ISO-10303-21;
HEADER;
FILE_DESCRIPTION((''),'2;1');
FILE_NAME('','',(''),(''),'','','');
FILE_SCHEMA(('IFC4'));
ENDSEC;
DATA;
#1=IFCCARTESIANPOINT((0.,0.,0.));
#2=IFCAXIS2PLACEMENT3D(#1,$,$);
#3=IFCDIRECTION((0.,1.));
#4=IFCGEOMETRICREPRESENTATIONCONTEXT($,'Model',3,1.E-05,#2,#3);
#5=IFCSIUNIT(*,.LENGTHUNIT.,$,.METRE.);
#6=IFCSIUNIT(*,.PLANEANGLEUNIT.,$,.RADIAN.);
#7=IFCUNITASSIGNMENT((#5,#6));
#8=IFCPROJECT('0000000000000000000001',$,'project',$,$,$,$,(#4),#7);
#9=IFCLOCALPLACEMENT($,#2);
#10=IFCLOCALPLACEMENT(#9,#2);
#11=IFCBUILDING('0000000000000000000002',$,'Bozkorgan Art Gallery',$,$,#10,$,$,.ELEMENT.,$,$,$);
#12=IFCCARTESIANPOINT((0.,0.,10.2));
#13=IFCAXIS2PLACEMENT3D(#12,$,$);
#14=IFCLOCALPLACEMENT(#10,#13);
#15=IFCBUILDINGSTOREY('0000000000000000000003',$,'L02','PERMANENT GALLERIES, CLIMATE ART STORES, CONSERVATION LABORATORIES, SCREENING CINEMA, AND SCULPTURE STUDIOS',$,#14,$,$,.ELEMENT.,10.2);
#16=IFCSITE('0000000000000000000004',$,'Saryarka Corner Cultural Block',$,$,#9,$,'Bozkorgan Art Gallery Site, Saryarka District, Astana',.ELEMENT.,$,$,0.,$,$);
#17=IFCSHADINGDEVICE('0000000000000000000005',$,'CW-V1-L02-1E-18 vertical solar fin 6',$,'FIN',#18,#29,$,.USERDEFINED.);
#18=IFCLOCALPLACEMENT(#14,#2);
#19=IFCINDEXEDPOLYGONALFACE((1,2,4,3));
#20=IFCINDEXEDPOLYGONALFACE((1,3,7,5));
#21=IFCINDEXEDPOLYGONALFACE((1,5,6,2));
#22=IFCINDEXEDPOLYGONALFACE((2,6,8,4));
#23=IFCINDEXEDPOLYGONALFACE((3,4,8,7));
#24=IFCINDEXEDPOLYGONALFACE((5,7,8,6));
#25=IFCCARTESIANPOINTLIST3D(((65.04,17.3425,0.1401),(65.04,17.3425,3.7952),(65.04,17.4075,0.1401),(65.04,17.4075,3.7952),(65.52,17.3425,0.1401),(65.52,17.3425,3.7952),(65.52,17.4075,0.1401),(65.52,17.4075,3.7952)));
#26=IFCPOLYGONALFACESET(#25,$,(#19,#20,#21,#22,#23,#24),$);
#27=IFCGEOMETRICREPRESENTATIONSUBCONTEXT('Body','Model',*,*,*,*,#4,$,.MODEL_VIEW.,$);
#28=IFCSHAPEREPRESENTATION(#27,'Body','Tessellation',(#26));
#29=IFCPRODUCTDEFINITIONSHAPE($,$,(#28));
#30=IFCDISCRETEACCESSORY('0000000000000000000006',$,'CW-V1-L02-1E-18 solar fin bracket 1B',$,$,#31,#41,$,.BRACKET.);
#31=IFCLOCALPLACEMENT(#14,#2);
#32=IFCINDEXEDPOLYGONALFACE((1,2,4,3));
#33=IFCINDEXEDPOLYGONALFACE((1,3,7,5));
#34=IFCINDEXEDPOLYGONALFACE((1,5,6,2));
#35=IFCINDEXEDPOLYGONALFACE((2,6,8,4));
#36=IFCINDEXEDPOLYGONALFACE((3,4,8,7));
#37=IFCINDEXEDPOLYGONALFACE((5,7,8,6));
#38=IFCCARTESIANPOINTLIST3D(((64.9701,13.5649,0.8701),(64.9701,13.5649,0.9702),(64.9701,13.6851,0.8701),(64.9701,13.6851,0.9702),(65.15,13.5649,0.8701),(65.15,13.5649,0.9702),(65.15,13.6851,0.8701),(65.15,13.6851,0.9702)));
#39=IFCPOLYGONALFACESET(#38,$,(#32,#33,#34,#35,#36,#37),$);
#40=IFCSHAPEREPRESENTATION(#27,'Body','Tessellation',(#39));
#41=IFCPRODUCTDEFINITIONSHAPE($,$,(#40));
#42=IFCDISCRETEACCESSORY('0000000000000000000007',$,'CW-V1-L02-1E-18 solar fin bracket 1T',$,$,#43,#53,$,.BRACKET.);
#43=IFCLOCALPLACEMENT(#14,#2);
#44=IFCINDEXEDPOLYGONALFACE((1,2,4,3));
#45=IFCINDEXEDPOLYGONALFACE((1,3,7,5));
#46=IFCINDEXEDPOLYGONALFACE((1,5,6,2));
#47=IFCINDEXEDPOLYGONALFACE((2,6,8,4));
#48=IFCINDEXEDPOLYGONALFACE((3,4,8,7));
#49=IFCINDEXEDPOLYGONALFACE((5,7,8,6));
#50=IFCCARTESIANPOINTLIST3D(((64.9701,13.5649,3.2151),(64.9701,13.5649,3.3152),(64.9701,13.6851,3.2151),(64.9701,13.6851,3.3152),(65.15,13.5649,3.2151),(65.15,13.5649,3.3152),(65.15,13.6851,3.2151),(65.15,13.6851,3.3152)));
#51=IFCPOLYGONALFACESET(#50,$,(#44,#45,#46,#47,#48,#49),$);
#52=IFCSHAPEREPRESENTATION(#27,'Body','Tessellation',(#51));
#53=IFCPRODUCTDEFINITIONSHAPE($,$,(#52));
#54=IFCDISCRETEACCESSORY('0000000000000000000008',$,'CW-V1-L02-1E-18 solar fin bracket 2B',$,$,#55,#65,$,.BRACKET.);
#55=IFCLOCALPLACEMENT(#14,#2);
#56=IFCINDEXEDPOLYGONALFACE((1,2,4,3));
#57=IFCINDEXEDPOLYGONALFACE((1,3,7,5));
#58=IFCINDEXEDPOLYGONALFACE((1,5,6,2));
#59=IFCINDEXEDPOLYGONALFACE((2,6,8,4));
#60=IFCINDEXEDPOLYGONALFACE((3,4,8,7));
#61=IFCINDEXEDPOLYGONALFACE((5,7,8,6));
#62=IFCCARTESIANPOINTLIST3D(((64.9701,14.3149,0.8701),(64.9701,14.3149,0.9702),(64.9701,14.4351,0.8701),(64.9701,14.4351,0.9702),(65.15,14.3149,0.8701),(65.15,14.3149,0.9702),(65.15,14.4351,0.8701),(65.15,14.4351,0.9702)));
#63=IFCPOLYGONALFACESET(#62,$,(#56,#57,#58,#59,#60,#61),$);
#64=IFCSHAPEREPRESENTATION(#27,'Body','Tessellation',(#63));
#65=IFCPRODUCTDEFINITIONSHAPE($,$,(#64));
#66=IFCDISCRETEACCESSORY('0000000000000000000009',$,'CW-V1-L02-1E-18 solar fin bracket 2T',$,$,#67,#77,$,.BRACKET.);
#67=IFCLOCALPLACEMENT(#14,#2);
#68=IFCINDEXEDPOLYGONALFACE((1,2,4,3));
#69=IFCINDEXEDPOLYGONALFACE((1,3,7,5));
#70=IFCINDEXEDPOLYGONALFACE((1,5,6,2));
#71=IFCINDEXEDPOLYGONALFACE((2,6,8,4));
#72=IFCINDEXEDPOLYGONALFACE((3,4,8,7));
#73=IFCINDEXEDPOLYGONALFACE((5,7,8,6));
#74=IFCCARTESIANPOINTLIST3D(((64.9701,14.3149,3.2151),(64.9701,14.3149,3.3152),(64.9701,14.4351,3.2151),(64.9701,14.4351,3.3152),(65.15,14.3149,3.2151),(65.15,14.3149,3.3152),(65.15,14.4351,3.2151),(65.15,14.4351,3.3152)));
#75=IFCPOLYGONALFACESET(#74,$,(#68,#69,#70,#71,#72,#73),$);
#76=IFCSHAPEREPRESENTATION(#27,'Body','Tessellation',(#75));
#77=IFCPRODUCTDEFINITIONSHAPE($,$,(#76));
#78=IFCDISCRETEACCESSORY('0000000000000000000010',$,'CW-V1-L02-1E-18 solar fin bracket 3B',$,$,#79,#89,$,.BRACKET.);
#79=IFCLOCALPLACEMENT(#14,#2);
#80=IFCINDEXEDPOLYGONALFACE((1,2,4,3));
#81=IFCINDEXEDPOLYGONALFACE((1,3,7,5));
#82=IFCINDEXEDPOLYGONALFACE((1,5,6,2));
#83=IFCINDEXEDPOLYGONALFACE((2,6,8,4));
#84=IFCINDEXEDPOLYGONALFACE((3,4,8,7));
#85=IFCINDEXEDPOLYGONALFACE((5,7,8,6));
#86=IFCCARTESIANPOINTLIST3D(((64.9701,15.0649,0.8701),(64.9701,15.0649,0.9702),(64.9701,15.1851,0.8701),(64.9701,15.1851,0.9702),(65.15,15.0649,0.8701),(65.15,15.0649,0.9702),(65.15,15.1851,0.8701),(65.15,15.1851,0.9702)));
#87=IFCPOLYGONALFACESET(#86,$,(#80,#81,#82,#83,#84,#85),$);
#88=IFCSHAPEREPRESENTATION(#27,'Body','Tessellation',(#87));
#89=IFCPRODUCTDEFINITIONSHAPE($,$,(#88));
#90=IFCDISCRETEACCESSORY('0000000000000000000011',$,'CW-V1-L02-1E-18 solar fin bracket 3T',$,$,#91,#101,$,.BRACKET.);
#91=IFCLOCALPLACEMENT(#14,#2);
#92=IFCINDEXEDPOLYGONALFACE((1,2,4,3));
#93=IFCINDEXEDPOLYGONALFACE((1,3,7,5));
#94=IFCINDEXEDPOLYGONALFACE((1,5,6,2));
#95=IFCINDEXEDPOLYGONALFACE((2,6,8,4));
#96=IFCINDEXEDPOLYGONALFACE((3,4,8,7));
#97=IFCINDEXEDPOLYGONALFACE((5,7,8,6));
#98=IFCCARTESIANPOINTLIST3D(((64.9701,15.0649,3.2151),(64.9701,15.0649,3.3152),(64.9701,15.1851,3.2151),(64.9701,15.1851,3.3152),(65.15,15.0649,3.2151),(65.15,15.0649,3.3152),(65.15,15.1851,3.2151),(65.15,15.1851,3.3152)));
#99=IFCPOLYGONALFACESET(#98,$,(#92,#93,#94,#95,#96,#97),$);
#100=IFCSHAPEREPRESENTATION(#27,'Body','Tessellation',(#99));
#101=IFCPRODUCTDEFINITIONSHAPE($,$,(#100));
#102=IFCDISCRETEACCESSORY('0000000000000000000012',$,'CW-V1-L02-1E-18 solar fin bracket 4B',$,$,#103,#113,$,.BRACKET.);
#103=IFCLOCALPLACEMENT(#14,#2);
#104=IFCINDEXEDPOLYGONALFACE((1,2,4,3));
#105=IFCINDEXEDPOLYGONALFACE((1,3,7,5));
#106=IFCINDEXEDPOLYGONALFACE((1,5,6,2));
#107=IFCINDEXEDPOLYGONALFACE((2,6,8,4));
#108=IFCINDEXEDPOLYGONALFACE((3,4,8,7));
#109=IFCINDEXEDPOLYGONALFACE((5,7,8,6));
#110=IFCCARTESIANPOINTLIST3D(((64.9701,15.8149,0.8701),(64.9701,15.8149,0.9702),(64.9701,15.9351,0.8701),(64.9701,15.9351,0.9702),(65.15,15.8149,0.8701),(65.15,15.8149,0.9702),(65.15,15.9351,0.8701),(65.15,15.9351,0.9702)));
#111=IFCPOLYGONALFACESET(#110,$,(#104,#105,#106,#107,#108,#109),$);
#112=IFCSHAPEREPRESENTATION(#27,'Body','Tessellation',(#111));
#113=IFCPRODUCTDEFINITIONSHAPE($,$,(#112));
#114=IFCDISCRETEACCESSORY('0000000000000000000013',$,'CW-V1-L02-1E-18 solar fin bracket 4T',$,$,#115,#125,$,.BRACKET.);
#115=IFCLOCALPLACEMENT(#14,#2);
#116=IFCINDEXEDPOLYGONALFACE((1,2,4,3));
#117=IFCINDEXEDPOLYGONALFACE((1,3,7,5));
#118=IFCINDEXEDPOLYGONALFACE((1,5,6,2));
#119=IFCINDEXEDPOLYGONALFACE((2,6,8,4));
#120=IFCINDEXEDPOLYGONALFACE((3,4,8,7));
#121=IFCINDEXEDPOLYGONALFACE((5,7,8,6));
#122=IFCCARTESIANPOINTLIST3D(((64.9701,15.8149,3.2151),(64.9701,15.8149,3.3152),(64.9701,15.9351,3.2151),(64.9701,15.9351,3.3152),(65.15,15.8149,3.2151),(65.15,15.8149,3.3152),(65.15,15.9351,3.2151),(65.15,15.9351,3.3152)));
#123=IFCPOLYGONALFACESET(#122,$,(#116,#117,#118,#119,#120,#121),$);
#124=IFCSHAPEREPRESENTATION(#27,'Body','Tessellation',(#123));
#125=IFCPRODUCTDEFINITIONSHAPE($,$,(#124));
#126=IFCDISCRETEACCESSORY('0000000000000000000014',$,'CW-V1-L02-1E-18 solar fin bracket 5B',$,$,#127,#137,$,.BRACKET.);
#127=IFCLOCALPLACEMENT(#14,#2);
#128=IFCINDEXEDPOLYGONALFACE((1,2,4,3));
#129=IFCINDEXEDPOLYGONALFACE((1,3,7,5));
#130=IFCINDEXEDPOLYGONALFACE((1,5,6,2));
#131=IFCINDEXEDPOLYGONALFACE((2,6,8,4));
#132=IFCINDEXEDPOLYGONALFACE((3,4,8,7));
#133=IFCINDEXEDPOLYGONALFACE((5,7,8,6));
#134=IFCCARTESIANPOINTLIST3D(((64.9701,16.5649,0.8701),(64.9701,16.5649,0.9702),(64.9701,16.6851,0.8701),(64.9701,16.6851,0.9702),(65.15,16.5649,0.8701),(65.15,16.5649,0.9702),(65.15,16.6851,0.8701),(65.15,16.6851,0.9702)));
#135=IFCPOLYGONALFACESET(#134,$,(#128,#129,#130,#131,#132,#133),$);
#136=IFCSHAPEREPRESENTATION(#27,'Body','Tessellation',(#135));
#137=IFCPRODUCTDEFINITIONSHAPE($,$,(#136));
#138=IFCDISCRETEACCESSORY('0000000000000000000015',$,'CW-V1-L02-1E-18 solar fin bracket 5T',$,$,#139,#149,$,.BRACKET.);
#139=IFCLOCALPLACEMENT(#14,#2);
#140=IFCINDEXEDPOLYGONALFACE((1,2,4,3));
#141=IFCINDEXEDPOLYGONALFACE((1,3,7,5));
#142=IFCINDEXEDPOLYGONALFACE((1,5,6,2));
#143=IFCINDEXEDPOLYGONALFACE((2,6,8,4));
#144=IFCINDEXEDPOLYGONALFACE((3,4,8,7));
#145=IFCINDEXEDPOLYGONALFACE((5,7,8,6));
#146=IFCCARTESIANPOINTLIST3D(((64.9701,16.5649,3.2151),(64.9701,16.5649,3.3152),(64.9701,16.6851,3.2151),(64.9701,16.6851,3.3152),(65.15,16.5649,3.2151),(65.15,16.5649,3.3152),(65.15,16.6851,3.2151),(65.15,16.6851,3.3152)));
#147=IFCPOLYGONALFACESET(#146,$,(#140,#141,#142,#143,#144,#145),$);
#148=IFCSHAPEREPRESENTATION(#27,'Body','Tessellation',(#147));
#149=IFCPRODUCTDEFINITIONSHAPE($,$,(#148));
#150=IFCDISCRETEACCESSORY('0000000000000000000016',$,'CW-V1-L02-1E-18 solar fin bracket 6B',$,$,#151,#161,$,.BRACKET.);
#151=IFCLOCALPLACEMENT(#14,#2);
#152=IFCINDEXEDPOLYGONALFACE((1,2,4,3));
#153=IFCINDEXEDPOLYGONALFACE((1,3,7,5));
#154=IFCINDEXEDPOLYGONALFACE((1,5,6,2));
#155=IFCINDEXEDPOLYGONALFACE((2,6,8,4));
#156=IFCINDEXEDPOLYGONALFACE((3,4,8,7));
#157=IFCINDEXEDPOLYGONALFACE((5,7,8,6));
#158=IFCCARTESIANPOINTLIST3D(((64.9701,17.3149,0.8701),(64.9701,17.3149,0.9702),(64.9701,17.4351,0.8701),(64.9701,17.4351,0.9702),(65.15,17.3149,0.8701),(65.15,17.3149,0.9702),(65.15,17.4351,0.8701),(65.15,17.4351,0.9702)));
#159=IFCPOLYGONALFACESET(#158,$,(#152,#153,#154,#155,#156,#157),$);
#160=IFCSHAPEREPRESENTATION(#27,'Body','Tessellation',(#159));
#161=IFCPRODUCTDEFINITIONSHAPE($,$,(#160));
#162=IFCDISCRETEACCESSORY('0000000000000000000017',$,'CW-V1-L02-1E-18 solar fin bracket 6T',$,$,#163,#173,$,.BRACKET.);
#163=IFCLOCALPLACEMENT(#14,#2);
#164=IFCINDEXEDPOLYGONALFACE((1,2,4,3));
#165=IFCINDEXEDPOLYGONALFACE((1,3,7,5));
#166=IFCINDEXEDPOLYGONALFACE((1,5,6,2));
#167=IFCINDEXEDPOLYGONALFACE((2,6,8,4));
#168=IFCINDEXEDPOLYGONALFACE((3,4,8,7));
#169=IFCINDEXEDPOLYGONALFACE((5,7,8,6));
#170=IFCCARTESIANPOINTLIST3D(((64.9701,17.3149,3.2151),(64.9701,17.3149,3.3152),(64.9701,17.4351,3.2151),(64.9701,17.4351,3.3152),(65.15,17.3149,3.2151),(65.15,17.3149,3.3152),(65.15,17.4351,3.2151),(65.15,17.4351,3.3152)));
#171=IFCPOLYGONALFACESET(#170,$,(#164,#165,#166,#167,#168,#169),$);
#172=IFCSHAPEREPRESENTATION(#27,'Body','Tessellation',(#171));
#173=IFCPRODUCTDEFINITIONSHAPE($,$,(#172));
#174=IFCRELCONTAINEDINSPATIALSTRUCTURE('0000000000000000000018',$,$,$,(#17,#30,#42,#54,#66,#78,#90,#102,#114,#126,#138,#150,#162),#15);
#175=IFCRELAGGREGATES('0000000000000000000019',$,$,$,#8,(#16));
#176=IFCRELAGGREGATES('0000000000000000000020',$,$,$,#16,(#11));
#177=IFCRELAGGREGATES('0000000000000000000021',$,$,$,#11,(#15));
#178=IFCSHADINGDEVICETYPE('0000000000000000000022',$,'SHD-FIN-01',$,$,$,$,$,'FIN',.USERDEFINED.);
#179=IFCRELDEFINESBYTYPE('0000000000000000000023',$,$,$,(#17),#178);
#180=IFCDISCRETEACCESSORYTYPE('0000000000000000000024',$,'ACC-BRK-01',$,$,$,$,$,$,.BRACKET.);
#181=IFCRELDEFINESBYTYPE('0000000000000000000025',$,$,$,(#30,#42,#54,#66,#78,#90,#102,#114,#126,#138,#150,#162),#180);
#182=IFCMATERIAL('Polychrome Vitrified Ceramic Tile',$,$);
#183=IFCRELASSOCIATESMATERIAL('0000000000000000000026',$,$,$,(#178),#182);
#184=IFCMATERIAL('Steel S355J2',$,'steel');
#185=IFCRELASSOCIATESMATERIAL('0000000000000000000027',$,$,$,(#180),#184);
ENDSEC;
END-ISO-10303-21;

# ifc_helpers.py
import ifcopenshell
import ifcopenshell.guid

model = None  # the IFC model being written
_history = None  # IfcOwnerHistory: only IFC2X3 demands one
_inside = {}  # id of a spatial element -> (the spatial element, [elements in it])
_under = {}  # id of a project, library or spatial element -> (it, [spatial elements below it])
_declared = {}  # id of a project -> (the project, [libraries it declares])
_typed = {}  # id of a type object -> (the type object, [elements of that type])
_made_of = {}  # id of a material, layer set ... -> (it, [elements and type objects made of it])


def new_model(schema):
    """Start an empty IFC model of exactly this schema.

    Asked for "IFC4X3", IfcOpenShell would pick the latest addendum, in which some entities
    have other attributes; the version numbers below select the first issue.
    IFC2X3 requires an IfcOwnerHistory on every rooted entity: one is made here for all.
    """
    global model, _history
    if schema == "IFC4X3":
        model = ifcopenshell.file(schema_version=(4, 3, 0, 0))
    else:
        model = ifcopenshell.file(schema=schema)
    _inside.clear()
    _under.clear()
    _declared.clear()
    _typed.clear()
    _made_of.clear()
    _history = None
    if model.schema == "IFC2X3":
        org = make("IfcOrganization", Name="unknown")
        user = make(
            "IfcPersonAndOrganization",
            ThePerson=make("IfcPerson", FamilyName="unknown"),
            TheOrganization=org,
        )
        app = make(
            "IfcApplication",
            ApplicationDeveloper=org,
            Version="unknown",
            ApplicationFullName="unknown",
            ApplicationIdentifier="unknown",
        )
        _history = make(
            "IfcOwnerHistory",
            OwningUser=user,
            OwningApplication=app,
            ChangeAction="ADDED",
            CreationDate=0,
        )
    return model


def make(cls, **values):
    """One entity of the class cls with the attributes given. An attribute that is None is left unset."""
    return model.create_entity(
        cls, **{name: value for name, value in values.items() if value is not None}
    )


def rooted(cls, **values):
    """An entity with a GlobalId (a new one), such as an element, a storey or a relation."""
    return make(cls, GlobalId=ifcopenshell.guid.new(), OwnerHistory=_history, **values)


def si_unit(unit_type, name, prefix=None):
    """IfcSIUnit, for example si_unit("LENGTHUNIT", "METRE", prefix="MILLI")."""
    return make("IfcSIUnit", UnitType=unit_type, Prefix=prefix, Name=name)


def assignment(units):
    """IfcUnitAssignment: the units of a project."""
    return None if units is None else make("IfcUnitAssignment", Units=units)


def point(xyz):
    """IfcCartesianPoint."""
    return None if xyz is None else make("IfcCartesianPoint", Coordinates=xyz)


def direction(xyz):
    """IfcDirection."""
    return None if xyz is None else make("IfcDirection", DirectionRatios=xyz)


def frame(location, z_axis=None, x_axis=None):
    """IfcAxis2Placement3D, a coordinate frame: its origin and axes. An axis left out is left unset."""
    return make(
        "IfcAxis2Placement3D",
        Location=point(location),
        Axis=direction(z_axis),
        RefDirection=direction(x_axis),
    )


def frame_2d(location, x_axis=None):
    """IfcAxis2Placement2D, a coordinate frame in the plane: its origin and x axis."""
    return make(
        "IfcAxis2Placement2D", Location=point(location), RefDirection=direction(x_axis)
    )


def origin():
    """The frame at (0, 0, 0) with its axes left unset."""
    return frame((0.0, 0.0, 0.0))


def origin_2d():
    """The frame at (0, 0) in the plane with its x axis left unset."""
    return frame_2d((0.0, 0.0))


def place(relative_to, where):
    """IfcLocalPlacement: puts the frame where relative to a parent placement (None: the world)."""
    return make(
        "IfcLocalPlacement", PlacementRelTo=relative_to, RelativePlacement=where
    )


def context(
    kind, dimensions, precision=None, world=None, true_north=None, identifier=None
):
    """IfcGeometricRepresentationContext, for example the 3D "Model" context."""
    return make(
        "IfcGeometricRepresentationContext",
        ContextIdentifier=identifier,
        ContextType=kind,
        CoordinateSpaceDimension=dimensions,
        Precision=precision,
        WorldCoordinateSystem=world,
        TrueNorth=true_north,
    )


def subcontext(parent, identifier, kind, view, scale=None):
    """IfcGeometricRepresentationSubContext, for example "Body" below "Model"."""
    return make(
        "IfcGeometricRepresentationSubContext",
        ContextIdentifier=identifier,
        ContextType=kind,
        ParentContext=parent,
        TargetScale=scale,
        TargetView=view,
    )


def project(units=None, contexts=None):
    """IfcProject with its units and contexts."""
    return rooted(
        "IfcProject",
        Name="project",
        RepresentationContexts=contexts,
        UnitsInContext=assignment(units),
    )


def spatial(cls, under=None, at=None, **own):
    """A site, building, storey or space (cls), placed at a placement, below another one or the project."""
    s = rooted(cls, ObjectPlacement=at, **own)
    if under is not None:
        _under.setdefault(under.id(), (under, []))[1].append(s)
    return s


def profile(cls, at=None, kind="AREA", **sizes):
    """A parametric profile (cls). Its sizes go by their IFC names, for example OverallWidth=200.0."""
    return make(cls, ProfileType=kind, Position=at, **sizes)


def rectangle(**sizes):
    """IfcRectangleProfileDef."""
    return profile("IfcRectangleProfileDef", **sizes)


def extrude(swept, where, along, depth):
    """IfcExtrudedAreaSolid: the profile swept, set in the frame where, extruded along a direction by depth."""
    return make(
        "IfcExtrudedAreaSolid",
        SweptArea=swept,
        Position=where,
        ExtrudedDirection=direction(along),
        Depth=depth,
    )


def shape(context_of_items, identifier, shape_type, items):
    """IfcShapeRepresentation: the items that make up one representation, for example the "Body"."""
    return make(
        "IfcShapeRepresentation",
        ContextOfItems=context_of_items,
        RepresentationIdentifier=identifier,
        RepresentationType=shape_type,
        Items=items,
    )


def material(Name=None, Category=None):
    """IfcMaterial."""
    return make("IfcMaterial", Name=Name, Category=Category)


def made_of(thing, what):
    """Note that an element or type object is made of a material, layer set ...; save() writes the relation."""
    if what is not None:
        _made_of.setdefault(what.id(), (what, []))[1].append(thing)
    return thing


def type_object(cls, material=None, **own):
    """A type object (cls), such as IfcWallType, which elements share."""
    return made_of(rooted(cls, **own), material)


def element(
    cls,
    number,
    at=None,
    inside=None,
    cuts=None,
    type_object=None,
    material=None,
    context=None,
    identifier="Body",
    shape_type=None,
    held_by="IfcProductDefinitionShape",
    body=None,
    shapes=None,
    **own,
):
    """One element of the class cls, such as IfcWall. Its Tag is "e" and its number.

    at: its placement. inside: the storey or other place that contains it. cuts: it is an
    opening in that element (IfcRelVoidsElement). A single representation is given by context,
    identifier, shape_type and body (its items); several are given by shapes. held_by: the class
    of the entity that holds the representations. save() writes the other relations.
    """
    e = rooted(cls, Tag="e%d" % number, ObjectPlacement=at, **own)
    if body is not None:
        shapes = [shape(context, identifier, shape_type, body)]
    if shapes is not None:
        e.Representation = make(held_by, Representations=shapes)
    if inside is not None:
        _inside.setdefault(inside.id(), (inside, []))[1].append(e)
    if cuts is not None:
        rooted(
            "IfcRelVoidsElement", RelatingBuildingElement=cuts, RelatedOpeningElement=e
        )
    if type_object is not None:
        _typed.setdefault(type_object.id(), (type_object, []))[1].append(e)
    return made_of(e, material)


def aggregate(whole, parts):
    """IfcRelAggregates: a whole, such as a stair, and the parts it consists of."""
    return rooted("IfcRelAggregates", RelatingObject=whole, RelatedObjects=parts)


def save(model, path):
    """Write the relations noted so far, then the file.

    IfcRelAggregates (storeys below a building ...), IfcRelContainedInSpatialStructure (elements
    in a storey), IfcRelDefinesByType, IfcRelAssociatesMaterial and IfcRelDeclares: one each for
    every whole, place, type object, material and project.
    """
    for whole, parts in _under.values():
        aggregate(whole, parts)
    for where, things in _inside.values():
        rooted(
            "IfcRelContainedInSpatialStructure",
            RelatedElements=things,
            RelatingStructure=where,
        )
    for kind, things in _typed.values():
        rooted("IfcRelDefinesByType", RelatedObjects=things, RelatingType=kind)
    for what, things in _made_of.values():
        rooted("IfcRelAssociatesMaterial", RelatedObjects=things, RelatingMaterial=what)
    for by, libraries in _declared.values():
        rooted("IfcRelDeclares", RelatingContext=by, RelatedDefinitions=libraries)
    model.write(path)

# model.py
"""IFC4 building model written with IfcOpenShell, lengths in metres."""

from ifc_helpers import new_model, si_unit, direction, frame, origin, origin_2d, place, context, subcontext, project, spatial, rectangle, extrude, material, type_object, element, save


model = new_model("IFC4")

# Units and contexts
model_context = context("Model", 3, precision=1e-05, world=origin(), true_north=direction((0.0, 1.0)))
body_context = subcontext(model_context, "Body", "Model", "MODEL_VIEW")
ifc_project = project(units=[si_unit("LENGTHUNIT", "METRE"), si_unit("PLANEANGLEUNIT", "RADIAN")], contexts=[model_context])

# Site, building, storey
site_placement = place(None, origin())
site = spatial("IfcSite", under=ifc_project, at=site_placement, Name="Saryarka Corner Cultural Block", LongName="Bozkorgan Art Gallery Site, Saryarka District, Astana", CompositionType="ELEMENT", RefElevation=0.0)
building_placement = place(site_placement, origin())
building = spatial("IfcBuilding", under=site, at=building_placement, Name="Bozkorgan Art Gallery", CompositionType="ELEMENT")
storey_placement = place(building_placement, frame((0.0, 0.0, 10.2)))
storey = spatial("IfcBuildingStorey", under=building, at=storey_placement, Name="L02", Description="PERMANENT GALLERIES, CLIMATE ART STORES, CONSERVATION LABORATORIES, SCREENING CINEMA, AND SCULPTURE STUDIOS", CompositionType="ELEMENT", Elevation=10.2)

# Shading device
ifc_material_1 = material(Name="Polychrome Vitrified Ceramic Tile")
shading_device_type = type_object("IfcShadingDeviceType", Name="SHD-FIN-01", ElementType="FIN", PredefinedType="USERDEFINED", material=ifc_material_1)
for number, where, z_axis, x_axis, name in (
    (1, (65.28, 17.375, 0.1401), (0.0, 0.0, 1.0), (1.0, 0.0, 0.0), "CW-V1-L02-1E-18 vertical solar fin 6"),
):
    element("IfcShadingDevice", number, at=place(storey_placement, frame(where, z_axis=z_axis, x_axis=x_axis)), inside=storey, type_object=shading_device_type, Name=name, ObjectType="FIN", PredefinedType="USERDEFINED", context=body_context, shape_type="SweptSolid", body=[
        extrude(rectangle(XDim=0.48, YDim=0.0649, at=origin_2d()), origin(), (0.0, 0.0, 1.0), 3.655),
    ])

# Discrete accessories
ifc_material_2 = material(Name="Steel S355J2", Category="steel")
discrete_accessory_type = type_object("IfcDiscreteAccessoryType", Name="ACC-BRK-01", PredefinedType="BRACKET", material=ifc_material_2)
for number, where, z_axis, x_axis, name in (
    (2, (65.0601, 13.625, 0.8701), (0.0, 0.0, 1.0), (1.0, 0.0, 0.0), "CW-V1-L02-1E-18 solar fin bracket 1B"),
    (3, (65.0601, 13.625, 3.2151), (0.0, 0.0, 1.0), (1.0, 0.0, 0.0), "CW-V1-L02-1E-18 solar fin bracket 1T"),
    (4, (65.0601, 14.375, 0.8701), (0.0, 0.0, 1.0), (1.0, 0.0, 0.0), "CW-V1-L02-1E-18 solar fin bracket 2B"),
    (5, (65.0601, 14.375, 3.2151), (0.0, 0.0, 1.0), (1.0, 0.0, 0.0), "CW-V1-L02-1E-18 solar fin bracket 2T"),
    (6, (65.0601, 15.125, 0.8701), (0.0, 0.0, 1.0), (1.0, 0.0, 0.0), "CW-V1-L02-1E-18 solar fin bracket 3B"),
    (7, (65.0601, 15.125, 3.2151), (0.0, 0.0, 1.0), (1.0, 0.0, 0.0), "CW-V1-L02-1E-18 solar fin bracket 3T"),
    (8, (65.0601, 15.875, 0.8701), (0.0, 0.0, 1.0), (1.0, 0.0, 0.0), "CW-V1-L02-1E-18 solar fin bracket 4B"),
    (9, (65.0601, 15.875, 3.2151), (0.0, 0.0, 1.0), (1.0, 0.0, 0.0), "CW-V1-L02-1E-18 solar fin bracket 4T"),
    (10, (65.0601, 16.625, 0.8701), (0.0, 0.0, 1.0), (1.0, 0.0, 0.0), "CW-V1-L02-1E-18 solar fin bracket 5B"),
    (11, (65.0601, 16.625, 3.2151), (0.0, 0.0, 1.0), (1.0, 0.0, 0.0), "CW-V1-L02-1E-18 solar fin bracket 5T"),
    (12, (65.0601, 17.375, 0.8701), (0.0, 0.0, 1.0), (1.0, 0.0, 0.0), "CW-V1-L02-1E-18 solar fin bracket 6B"),
    (13, (65.0601, 17.375, 3.2151), (0.0, 0.0, 1.0), (1.0, 0.0, 0.0), "CW-V1-L02-1E-18 solar fin bracket 6T"),
):
    element("IfcDiscreteAccessory", number, at=place(storey_placement, frame(where, z_axis=z_axis, x_axis=x_axis)), inside=storey, type_object=discrete_accessory_type, Name=name, PredefinedType="BRACKET", context=body_context, shape_type="SweptSolid", body=[
        extrude(rectangle(XDim=0.1799, YDim=0.1201, at=origin_2d()), origin(), (0.0, 0.0, 1.0), 0.1001),
    ])

save(model, "model.ifc")
